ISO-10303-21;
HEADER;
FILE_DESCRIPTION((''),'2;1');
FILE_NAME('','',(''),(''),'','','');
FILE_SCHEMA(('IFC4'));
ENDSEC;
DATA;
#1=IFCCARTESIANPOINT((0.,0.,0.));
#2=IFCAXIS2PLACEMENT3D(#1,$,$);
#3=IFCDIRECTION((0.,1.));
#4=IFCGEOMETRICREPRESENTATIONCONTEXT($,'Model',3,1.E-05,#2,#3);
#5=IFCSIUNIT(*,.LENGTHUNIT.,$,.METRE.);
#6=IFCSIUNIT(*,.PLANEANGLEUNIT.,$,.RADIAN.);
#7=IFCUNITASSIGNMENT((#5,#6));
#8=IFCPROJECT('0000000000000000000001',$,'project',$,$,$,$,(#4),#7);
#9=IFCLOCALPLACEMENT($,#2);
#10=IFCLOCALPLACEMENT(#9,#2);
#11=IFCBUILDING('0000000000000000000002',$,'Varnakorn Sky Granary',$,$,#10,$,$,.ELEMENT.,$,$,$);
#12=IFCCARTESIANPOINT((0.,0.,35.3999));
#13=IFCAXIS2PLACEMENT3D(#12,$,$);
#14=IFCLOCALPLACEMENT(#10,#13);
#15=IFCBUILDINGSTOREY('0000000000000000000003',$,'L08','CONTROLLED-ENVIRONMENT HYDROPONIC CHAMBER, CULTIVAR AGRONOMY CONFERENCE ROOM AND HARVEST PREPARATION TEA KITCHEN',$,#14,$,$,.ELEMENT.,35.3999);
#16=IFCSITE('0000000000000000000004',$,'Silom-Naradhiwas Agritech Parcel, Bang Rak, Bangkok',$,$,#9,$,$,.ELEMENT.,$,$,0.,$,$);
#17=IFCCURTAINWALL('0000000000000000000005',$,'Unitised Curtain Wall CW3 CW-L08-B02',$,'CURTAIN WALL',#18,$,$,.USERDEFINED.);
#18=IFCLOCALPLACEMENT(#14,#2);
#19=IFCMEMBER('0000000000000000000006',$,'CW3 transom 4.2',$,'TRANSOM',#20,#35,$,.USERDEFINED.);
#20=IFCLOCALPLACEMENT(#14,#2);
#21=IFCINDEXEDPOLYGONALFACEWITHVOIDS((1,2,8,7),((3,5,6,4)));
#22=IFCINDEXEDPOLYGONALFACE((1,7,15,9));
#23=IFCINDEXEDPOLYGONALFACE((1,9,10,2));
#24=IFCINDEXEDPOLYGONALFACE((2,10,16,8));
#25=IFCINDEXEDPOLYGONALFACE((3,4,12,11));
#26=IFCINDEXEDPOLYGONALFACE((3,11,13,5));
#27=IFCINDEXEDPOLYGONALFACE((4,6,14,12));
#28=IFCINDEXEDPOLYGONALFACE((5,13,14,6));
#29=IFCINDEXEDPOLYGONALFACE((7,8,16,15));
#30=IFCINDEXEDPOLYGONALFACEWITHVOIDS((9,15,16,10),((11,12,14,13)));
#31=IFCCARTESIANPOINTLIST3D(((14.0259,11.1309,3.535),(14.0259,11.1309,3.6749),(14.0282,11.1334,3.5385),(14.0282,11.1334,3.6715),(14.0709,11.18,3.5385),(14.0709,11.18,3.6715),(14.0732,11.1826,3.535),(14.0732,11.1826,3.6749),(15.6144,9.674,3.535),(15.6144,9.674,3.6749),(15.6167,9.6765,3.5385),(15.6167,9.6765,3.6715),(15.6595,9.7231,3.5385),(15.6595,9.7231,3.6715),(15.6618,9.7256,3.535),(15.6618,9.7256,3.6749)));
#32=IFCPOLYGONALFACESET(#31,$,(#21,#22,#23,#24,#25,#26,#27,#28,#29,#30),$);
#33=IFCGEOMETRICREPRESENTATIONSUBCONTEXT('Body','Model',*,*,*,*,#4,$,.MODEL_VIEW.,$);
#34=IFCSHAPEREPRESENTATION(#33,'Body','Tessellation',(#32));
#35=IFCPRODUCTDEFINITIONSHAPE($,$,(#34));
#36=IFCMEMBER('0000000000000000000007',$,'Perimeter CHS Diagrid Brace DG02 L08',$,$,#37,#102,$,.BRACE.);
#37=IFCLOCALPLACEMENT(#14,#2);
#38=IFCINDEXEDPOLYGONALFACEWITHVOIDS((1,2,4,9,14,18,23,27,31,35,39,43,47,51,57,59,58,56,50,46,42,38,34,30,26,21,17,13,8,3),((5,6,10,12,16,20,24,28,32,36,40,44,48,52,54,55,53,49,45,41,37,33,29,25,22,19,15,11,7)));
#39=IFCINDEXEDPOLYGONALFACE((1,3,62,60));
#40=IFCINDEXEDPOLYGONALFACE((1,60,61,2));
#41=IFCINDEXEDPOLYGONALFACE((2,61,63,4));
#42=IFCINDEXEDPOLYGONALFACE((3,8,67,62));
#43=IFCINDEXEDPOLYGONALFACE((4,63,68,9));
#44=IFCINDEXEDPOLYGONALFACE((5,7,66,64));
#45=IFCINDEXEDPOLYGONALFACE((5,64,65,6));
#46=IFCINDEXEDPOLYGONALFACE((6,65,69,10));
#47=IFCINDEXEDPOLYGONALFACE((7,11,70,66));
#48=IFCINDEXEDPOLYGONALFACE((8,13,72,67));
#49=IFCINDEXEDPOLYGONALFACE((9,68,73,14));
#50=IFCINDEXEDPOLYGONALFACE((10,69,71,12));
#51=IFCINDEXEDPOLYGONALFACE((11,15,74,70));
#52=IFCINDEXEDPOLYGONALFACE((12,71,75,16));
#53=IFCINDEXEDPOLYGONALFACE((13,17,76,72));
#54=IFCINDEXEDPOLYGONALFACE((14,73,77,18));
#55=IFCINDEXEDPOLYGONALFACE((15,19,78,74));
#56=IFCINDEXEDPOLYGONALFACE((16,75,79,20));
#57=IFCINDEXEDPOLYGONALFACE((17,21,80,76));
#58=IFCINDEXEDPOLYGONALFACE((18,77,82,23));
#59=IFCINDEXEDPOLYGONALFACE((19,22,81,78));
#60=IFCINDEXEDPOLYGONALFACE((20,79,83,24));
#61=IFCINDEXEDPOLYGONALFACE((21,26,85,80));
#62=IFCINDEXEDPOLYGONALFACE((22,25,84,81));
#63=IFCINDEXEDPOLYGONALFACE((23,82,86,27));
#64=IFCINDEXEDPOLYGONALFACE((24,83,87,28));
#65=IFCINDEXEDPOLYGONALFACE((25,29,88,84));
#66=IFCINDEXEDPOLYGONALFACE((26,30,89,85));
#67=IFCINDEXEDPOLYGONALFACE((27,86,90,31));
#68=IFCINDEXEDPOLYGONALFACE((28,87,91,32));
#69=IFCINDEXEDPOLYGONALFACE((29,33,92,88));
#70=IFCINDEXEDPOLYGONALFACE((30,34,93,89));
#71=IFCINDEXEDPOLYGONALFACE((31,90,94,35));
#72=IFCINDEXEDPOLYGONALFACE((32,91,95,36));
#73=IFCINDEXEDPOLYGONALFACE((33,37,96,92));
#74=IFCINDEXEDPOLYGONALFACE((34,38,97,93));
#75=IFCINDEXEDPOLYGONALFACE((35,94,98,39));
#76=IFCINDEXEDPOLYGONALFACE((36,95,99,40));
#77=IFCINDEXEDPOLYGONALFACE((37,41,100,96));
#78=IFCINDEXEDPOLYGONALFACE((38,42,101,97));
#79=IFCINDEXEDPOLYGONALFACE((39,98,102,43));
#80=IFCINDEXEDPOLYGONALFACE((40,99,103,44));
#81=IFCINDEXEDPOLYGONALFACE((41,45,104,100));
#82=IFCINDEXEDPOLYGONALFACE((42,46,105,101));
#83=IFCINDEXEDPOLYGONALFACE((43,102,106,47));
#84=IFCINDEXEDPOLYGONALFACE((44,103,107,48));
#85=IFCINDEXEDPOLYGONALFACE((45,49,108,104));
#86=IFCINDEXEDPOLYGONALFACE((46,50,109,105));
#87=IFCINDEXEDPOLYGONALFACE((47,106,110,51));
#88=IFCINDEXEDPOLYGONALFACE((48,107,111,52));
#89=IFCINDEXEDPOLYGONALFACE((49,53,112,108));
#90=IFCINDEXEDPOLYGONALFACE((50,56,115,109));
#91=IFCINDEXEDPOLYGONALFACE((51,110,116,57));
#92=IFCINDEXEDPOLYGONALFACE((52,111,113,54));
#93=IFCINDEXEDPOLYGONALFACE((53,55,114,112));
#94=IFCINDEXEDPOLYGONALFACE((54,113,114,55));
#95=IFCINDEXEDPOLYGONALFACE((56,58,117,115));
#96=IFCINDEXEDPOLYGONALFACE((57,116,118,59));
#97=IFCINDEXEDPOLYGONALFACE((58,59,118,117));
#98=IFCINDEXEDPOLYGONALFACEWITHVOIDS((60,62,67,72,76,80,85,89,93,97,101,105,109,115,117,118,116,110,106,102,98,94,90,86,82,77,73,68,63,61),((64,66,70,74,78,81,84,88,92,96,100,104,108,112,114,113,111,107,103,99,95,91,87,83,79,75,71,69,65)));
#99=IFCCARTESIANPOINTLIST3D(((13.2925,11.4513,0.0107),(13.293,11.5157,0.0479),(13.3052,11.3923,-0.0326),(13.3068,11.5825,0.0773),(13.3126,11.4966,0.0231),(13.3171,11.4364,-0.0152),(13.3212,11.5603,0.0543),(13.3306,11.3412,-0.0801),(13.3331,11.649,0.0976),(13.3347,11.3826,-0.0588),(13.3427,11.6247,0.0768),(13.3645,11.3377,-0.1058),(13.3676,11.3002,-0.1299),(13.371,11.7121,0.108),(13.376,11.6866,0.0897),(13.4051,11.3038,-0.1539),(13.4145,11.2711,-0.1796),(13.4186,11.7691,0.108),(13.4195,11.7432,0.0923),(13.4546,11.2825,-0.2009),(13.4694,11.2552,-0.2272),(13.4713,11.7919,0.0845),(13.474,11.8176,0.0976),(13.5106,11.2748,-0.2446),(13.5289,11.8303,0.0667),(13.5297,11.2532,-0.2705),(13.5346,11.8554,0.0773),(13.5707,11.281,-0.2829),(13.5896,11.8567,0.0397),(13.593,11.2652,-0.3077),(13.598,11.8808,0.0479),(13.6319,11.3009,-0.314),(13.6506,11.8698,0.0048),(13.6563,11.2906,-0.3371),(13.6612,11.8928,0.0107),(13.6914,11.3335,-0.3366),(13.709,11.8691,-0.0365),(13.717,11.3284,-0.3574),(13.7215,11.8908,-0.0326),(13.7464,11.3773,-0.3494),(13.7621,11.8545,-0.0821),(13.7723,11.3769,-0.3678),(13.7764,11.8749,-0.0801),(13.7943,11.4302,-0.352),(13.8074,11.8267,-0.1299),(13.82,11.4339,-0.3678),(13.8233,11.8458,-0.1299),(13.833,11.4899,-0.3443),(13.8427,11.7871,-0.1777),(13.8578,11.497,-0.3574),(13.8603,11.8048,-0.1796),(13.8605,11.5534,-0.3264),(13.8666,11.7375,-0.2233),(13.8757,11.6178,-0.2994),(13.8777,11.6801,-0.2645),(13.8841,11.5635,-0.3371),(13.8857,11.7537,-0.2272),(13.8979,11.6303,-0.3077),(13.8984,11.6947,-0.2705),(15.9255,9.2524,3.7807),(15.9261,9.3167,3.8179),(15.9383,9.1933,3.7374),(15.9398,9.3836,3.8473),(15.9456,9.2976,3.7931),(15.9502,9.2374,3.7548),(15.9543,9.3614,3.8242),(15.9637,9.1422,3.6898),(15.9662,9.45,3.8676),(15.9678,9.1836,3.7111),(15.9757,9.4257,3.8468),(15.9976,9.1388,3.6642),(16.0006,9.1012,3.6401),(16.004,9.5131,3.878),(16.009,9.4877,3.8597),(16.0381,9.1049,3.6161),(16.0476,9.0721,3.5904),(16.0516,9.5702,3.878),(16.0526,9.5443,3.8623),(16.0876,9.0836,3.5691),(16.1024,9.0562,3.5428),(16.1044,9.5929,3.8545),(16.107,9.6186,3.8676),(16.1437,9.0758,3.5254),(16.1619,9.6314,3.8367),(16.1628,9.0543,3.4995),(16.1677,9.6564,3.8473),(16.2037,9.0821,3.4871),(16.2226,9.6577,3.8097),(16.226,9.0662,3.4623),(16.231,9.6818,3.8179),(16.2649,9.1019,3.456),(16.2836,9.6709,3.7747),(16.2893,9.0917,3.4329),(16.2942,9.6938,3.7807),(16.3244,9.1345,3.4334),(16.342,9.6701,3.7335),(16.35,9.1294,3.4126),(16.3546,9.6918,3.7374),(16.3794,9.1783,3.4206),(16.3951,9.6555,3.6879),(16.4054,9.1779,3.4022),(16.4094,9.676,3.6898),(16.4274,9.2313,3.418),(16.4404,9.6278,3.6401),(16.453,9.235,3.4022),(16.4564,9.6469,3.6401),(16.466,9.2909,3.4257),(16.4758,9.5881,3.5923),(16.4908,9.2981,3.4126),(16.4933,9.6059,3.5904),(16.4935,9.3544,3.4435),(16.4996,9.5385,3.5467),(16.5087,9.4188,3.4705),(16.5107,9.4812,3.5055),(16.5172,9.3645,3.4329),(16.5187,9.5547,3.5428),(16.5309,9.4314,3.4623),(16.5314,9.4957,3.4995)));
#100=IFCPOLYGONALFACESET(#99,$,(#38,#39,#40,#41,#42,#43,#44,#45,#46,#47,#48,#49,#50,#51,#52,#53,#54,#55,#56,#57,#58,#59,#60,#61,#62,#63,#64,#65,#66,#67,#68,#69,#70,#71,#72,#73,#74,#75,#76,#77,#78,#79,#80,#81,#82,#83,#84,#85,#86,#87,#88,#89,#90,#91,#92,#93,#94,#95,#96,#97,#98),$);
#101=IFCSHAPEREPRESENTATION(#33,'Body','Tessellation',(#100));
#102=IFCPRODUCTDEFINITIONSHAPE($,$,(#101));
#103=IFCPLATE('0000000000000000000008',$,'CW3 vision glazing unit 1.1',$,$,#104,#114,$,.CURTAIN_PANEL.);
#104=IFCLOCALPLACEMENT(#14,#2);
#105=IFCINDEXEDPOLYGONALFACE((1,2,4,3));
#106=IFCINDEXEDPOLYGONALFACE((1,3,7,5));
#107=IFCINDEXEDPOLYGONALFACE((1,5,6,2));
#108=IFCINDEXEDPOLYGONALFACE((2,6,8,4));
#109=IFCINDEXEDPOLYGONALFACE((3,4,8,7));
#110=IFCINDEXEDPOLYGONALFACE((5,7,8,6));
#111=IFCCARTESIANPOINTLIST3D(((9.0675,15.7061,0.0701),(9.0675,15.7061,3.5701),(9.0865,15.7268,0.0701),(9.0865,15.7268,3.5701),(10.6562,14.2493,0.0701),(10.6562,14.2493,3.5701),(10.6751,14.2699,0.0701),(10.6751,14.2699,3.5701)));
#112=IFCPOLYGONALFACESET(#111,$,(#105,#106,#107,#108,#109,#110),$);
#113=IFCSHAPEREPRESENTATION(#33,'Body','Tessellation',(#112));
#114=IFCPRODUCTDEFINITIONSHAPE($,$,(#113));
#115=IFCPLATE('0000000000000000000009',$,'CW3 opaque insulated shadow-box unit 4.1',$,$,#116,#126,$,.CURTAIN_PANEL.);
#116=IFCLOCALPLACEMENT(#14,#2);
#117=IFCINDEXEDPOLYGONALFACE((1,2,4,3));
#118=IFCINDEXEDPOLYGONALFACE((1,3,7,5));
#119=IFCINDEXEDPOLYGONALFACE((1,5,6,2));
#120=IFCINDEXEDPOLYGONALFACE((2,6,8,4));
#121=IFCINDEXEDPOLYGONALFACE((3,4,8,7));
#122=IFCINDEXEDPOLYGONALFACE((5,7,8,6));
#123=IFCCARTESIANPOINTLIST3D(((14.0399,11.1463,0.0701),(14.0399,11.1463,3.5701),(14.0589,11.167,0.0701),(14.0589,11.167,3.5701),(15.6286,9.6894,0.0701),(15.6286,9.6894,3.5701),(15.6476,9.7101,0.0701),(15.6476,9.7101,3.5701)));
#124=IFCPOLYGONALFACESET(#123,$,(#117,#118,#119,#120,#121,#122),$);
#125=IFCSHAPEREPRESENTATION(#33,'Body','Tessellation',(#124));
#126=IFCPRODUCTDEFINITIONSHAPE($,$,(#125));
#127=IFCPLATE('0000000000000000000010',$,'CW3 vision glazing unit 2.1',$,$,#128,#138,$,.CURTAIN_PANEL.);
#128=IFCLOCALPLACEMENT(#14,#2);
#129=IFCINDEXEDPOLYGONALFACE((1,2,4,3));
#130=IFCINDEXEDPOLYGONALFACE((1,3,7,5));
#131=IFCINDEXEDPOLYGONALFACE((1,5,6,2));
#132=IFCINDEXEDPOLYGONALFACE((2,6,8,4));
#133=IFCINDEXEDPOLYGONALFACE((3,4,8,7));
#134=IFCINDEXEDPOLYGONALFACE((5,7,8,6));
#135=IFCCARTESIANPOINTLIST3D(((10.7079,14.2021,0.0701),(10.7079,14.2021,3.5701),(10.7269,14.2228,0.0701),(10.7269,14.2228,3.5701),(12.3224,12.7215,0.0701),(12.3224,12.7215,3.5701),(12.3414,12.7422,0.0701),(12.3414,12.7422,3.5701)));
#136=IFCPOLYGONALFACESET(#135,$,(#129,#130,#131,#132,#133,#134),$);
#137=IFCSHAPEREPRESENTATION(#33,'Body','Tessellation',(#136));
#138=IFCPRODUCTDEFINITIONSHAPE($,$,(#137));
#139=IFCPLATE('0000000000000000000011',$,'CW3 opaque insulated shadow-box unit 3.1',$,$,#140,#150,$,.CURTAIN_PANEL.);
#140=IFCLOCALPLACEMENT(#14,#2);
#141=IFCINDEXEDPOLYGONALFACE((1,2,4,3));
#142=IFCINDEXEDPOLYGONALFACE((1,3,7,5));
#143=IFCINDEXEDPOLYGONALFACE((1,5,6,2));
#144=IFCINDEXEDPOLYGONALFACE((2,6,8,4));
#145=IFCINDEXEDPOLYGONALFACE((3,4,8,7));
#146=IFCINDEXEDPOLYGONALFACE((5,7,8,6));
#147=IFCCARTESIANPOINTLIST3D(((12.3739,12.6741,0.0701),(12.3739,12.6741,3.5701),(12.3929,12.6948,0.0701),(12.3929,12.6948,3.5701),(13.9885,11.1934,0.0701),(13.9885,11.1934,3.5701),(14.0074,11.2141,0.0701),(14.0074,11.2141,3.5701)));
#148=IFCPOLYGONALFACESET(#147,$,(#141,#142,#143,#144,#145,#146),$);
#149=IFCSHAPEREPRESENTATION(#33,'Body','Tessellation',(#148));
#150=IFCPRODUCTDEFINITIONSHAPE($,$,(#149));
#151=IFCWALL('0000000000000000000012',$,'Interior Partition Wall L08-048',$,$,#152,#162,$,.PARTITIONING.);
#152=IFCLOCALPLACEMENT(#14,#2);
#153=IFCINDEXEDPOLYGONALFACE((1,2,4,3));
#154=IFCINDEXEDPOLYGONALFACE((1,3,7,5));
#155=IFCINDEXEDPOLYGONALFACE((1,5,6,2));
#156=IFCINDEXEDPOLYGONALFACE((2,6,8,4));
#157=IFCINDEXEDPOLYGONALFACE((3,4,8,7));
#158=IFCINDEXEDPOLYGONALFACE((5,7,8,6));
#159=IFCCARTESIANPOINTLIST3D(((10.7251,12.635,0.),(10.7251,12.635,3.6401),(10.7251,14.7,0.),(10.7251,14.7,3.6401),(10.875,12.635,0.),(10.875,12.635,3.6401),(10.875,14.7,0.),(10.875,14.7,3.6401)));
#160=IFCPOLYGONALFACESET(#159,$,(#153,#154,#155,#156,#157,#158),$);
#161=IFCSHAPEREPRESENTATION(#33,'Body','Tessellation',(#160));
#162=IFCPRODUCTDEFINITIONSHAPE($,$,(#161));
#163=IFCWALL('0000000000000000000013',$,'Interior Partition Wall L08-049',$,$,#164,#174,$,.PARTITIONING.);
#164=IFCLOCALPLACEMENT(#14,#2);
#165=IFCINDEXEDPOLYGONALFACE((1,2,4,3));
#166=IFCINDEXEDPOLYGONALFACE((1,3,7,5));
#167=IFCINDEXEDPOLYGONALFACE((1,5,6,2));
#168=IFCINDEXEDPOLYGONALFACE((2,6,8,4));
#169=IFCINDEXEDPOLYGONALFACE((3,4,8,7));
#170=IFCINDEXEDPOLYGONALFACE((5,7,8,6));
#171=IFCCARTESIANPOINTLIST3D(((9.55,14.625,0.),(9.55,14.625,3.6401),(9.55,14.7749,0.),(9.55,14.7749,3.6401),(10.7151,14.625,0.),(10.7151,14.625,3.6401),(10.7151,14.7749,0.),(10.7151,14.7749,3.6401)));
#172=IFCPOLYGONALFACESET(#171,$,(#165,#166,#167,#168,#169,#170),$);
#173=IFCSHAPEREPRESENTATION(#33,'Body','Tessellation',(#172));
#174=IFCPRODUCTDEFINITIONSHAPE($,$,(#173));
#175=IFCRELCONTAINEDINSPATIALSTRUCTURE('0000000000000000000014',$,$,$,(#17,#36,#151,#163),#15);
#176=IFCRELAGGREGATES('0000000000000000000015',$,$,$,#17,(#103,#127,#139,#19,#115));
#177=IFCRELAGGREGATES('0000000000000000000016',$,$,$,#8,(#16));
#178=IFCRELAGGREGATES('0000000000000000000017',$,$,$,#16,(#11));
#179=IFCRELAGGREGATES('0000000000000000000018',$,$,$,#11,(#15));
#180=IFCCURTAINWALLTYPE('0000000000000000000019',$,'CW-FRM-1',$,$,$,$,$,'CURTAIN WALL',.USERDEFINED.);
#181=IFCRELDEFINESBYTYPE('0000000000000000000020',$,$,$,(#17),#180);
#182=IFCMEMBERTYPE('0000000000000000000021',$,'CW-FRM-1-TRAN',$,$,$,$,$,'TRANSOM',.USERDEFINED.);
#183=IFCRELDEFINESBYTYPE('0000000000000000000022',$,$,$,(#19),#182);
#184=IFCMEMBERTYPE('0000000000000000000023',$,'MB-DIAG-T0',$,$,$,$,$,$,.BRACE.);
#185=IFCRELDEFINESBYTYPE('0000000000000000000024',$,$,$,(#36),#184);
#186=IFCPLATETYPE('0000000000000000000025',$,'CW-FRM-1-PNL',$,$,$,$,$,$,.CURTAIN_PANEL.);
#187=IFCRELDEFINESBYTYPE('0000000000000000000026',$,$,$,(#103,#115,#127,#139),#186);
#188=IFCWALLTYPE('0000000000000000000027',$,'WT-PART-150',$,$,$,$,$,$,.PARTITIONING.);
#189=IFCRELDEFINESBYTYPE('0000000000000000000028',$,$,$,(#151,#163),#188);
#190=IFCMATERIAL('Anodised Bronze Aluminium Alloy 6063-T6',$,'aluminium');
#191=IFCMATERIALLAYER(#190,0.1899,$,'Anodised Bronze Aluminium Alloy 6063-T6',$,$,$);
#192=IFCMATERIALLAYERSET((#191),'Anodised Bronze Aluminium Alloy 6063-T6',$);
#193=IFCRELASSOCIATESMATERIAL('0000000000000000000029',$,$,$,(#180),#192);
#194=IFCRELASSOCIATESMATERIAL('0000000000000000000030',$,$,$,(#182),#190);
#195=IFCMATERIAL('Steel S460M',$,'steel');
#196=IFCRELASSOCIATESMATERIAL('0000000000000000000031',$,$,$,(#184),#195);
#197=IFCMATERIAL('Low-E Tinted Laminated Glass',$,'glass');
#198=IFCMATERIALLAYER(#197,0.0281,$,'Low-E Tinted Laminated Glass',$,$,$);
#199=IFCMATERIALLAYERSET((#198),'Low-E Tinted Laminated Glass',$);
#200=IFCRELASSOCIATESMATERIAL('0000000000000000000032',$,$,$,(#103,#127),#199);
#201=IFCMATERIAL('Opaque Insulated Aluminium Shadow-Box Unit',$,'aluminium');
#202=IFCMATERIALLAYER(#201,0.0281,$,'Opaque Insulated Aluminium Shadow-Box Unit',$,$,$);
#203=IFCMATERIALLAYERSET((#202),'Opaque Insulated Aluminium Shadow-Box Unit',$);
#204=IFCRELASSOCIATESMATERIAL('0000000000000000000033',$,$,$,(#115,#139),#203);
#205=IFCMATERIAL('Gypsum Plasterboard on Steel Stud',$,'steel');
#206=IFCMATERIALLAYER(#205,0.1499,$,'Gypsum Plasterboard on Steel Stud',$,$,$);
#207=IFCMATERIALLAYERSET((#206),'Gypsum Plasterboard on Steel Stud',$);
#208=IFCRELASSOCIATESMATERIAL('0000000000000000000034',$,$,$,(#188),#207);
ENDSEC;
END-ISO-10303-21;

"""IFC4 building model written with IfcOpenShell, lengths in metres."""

from ifc_helpers import new_model, si_unit, direction, frame, frame_2d, origin, origin_2d, place, context, subcontext, project, spatial, rectangle, hollow_rectangle, hollow_circle, extrude, source, transform, mapped, material, layer, layer_set, material_profile, profile_set, type_object, type_shapes, element, aggregate, save


model = new_model("IFC4")

# Units and contexts
model_context = context("Model", 3, precision=1e-05, world=origin(), true_north=direction((0.0, 1.0)))
body_context = subcontext(model_context, "Body", "Model", "MODEL_VIEW")
ifc_project = project(units=[si_unit("LENGTHUNIT", "METRE"), si_unit("PLANEANGLEUNIT", "RADIAN")], contexts=[model_context])

# Site, building, storey
site_placement = place(None, origin())
site = spatial("IfcSite", under=ifc_project, at=site_placement, Name="Silom-Naradhiwas Agritech Parcel, Bang Rak, Bangkok", CompositionType="ELEMENT", RefElevation=0.0)
building_placement = place(site_placement, origin())
building = spatial("IfcBuilding", under=site, at=building_placement, Name="Varnakorn Sky Granary", CompositionType="ELEMENT")
storey_placement = place(building_placement, frame((0.0, 0.0, 35.3999)))
storey = spatial("IfcBuildingStorey", under=building, at=storey_placement, Name="L08", Description="CONTROLLED-ENVIRONMENT HYDROPONIC CHAMBER, CULTIVAR AGRONOMY CONFERENCE ROOM AND HARVEST PREPARATION TEA KITCHEN", CompositionType="ELEMENT", Elevation=35.3999)

# Curtain wall, member
ifc_material_1 = material(Name="Anodised Bronze Aluminium Alloy 6063-T6", Category="aluminium")
ifc_layer_1 = layer(ifc_material_1, 0.1899, Name="Anodised Bronze Aluminium Alloy 6063-T6")
ifc_layer_set_1 = layer_set([ifc_layer_1], Name="Anodised Bronze Aluminium Alloy 6063-T6")
curtain_wall_type = type_object("IfcCurtainWallType", Name="CW-FRM-1", ElementType="CURTAIN WALL", PredefinedType="USERDEFINED", material=ifc_layer_set_1)
curtain_wall_placement = place(storey_placement, origin())
curtain_wall = element("IfcCurtainWall", 1, at=curtain_wall_placement, inside=storey, type_object=curtain_wall_type, Name="Unitised Curtain Wall CW3 CW-L08-B02", ObjectType="CURTAIN WALL", PredefinedType="USERDEFINED")
ifc_material_profile_1 = material_profile(ifc_material_1, hollow_rectangle(XDim=0.0701, YDim=0.1399, WallThickness=0.0034, at=origin_2d()), Name="ALU TRAN 70x140")
ifc_profile_set_1 = profile_set([ifc_material_profile_1], Name="Anodised Bronze Aluminium Alloy 6063-T6")
member_type_1 = type_object("IfcMemberType", Name="CW-FRM-1-TRAN", ElementType="TRANSOM", PredefinedType="USERDEFINED", material=ifc_profile_set_1)
member_1_placement = place(storey_placement, frame((14.0496, 11.1567, 3.605), z_axis=(0.736971, -0.675925, 0.0), x_axis=(0.675925, 0.736971, 0.0)))
member_1 = element("IfcMember", 2, at=member_1_placement, type_object=member_type_1, Name="CW3 transom 4.2", ObjectType="TRANSOM", PredefinedType="USERDEFINED", context=body_context, shape_type="SweptSolid", body=[
    extrude(hollow_rectangle(XDim=0.0701, YDim=0.1399, WallThickness=0.0034, at=origin_2d()), origin(), (0.0, 0.0, 1.0), 2.1555),
])

# Member
ifc_material_2 = material(Name="Steel S460M", Category="steel")
ifc_material_profile_2 = material_profile(ifc_material_2, hollow_circle(Radius=0.3555, WallThickness=0.0249, at=origin_2d()), Name="CHS 711x25")
ifc_profile_set_2 = profile_set([ifc_material_profile_2], Name="Steel S460M")
member_type_2 = type_object("IfcMemberType", Name="MB-DIAG-T0", PredefinedType="BRACE", material=ifc_profile_set_2)
member_2_placement = place(storey_placement, frame((13.5955, 11.573, -0.1299), z_axis=(0.516568, -0.431408, 0.739625), x_axis=(0.641003, 0.767538, 0.0)))
element("IfcMember", 3, at=member_2_placement, inside=storey, type_object=member_type_2, Name="Perimeter CHS Diagrid Brace DG02 L08", PredefinedType="BRACE", context=body_context, shape_type="SweptSolid", body=[
    extrude(hollow_circle(Radius=0.3555, WallThickness=0.0249, at=origin_2d()), origin(), (0.0, 0.0, 1.0), 5.0972),
])

# Plates
ifc_material_3 = material(Name="Low-E Tinted Laminated Glass", Category="glass")
ifc_layer_2 = layer(ifc_material_3, 0.0281, Name="Low-E Tinted Laminated Glass")
ifc_layer_set_2 = layer_set([ifc_layer_2], Name="Low-E Tinted Laminated Glass")
plate_type = type_object("IfcPlateType", Name="CW-FRM-1-PNL", PredefinedType="CURTAIN_PANEL")
shared_shape_1 = source(origin(), body_context, "Body", "SweptSolid", [
    extrude(rectangle(XDim=2.1555, YDim=0.0281, at=origin_2d()), origin(), (0.0, 0.0, 1.0), 3.5),
])
plate_1_placement = place(storey_placement, frame((9.8713, 14.988, 0.0701), z_axis=(0.0, 0.0, 1.0), x_axis=(0.737013, -0.675878, 0.0)))
plate_1 = element("IfcPlate", 4, at=plate_1_placement, type_object=plate_type, material=ifc_layer_set_2, Name="CW3 vision glazing unit 1.1", PredefinedType="CURTAIN_PANEL", context=body_context, shape_type="MappedRepresentation", body=[
    mapped(shared_shape_1, transform((0.0, 0.0, 0.0), x_axis=(1.0, 0.0, 0.0), y_axis=(0.0, 1.0, 0.0), z_axis=(0.0, 0.0, 1.0), scale=1.0)),
])
ifc_material_4 = material(Name="Opaque Insulated Aluminium Shadow-Box Unit", Category="aluminium")
ifc_layer_3 = layer(ifc_material_4, 0.0281, Name="Opaque Insulated Aluminium Shadow-Box Unit")
ifc_layer_set_3 = layer_set([ifc_layer_3], Name="Opaque Insulated Aluminium Shadow-Box Unit")
plate_2_placement = place(storey_placement, frame((14.8438, 10.4282, 0.0701), z_axis=(0.0, 0.0, 1.0), x_axis=(0.737013, -0.675878, 0.0)))
plate_2 = element("IfcPlate", 5, at=plate_2_placement, type_object=plate_type, material=ifc_layer_set_3, Name="CW3 opaque insulated shadow-box unit 4.1", PredefinedType="CURTAIN_PANEL", context=body_context, shape_type="MappedRepresentation", body=[
    mapped(shared_shape_1, transform((0.0, 0.0, 0.0), x_axis=(1.0, 0.0, 0.0), y_axis=(0.0, 1.0, 0.0), z_axis=(0.0, 0.0, 1.0), scale=1.0)),
])
shared_shape_2 = source(origin(), body_context, "Body", "SweptSolid", [
    extrude(rectangle(XDim=2.1907, YDim=0.0281, at=origin_2d()), origin(), (0.0, 0.0, 1.0), 3.5),
])
type_shapes(plate_type, [shared_shape_1, shared_shape_2])
plate_3_placement = place(storey_placement, frame((11.5247, 13.4722, 0.0701), z_axis=(0.0, 0.0, 1.0), x_axis=(0.737013, -0.675878, 0.0)))
plate_3 = element("IfcPlate", 6, at=plate_3_placement, type_object=plate_type, material=ifc_layer_set_2, Name="CW3 vision glazing unit 2.1", PredefinedType="CURTAIN_PANEL", context=body_context, shape_type="MappedRepresentation", body=[
    mapped(shared_shape_2, transform((0.0, 0.0, 0.0), x_axis=(1.0, 0.0, 0.0), y_axis=(0.0, 1.0, 0.0), z_axis=(0.0, 0.0, 1.0), scale=1.0)),
])
plate_4_placement = place(storey_placement, frame((13.1907, 11.9441, 0.0701), z_axis=(0.0, 0.0, 1.0), x_axis=(0.737013, -0.675878, 0.0)))
plate_4 = element("IfcPlate", 7, at=plate_4_placement, type_object=plate_type, material=ifc_layer_set_3, Name="CW3 opaque insulated shadow-box unit 3.1", PredefinedType="CURTAIN_PANEL", context=body_context, shape_type="MappedRepresentation", body=[
    mapped(shared_shape_2, transform((0.0, 0.0, 0.0), x_axis=(1.0, 0.0, 0.0), y_axis=(0.0, 1.0, 0.0), z_axis=(0.0, 0.0, 1.0), scale=1.0)),
])
aggregate(curtain_wall, [plate_1, plate_3, plate_4, member_1, plate_2])

# Walls
ifc_material_5 = material(Name="Gypsum Plasterboard on Steel Stud", Category="steel")
ifc_layer_4 = layer(ifc_material_5, 0.1499, Name="Gypsum Plasterboard on Steel Stud")
ifc_layer_set_4 = layer_set([ifc_layer_4], Name="Gypsum Plasterboard on Steel Stud")
wall_type = type_object("IfcWallType", Name="WT-PART-150", PredefinedType="PARTITIONING", material=ifc_layer_set_4)
wall_1_placement = place(storey_placement, frame((10.8, 12.635, 0.0), z_axis=(0.0, 0.0, 1.0), x_axis=(0.0, 1.0, 0.0)))
element("IfcWall", 8, at=wall_1_placement, inside=storey, type_object=wall_type, Name="Interior Partition Wall L08-048", PredefinedType="PARTITIONING", context=body_context, shape_type="SweptSolid", body=[
    extrude(rectangle(XDim=2.0649, YDim=0.1499, at=frame_2d((1.0325, 0.0))), origin(), (0.0, 0.0, 1.0), 3.6401),
])
wall_2_placement = place(storey_placement, frame((10.7151, 14.7, 0.0), z_axis=(0.0, 0.0, 1.0), x_axis=(-1.0, 0.0, 0.0)))
element("IfcWall", 9, at=wall_2_placement, inside=storey, type_object=wall_type, Name="Interior Partition Wall L08-049", PredefinedType="PARTITIONING", context=body_context, shape_type="SweptSolid", body=[
    extrude(rectangle(XDim=1.165, YDim=0.1499, at=frame_2d((0.5825, 0.0))), origin(), (0.0, 0.0, 1.0), 3.6401),
])

save(model, "model.ifc")
